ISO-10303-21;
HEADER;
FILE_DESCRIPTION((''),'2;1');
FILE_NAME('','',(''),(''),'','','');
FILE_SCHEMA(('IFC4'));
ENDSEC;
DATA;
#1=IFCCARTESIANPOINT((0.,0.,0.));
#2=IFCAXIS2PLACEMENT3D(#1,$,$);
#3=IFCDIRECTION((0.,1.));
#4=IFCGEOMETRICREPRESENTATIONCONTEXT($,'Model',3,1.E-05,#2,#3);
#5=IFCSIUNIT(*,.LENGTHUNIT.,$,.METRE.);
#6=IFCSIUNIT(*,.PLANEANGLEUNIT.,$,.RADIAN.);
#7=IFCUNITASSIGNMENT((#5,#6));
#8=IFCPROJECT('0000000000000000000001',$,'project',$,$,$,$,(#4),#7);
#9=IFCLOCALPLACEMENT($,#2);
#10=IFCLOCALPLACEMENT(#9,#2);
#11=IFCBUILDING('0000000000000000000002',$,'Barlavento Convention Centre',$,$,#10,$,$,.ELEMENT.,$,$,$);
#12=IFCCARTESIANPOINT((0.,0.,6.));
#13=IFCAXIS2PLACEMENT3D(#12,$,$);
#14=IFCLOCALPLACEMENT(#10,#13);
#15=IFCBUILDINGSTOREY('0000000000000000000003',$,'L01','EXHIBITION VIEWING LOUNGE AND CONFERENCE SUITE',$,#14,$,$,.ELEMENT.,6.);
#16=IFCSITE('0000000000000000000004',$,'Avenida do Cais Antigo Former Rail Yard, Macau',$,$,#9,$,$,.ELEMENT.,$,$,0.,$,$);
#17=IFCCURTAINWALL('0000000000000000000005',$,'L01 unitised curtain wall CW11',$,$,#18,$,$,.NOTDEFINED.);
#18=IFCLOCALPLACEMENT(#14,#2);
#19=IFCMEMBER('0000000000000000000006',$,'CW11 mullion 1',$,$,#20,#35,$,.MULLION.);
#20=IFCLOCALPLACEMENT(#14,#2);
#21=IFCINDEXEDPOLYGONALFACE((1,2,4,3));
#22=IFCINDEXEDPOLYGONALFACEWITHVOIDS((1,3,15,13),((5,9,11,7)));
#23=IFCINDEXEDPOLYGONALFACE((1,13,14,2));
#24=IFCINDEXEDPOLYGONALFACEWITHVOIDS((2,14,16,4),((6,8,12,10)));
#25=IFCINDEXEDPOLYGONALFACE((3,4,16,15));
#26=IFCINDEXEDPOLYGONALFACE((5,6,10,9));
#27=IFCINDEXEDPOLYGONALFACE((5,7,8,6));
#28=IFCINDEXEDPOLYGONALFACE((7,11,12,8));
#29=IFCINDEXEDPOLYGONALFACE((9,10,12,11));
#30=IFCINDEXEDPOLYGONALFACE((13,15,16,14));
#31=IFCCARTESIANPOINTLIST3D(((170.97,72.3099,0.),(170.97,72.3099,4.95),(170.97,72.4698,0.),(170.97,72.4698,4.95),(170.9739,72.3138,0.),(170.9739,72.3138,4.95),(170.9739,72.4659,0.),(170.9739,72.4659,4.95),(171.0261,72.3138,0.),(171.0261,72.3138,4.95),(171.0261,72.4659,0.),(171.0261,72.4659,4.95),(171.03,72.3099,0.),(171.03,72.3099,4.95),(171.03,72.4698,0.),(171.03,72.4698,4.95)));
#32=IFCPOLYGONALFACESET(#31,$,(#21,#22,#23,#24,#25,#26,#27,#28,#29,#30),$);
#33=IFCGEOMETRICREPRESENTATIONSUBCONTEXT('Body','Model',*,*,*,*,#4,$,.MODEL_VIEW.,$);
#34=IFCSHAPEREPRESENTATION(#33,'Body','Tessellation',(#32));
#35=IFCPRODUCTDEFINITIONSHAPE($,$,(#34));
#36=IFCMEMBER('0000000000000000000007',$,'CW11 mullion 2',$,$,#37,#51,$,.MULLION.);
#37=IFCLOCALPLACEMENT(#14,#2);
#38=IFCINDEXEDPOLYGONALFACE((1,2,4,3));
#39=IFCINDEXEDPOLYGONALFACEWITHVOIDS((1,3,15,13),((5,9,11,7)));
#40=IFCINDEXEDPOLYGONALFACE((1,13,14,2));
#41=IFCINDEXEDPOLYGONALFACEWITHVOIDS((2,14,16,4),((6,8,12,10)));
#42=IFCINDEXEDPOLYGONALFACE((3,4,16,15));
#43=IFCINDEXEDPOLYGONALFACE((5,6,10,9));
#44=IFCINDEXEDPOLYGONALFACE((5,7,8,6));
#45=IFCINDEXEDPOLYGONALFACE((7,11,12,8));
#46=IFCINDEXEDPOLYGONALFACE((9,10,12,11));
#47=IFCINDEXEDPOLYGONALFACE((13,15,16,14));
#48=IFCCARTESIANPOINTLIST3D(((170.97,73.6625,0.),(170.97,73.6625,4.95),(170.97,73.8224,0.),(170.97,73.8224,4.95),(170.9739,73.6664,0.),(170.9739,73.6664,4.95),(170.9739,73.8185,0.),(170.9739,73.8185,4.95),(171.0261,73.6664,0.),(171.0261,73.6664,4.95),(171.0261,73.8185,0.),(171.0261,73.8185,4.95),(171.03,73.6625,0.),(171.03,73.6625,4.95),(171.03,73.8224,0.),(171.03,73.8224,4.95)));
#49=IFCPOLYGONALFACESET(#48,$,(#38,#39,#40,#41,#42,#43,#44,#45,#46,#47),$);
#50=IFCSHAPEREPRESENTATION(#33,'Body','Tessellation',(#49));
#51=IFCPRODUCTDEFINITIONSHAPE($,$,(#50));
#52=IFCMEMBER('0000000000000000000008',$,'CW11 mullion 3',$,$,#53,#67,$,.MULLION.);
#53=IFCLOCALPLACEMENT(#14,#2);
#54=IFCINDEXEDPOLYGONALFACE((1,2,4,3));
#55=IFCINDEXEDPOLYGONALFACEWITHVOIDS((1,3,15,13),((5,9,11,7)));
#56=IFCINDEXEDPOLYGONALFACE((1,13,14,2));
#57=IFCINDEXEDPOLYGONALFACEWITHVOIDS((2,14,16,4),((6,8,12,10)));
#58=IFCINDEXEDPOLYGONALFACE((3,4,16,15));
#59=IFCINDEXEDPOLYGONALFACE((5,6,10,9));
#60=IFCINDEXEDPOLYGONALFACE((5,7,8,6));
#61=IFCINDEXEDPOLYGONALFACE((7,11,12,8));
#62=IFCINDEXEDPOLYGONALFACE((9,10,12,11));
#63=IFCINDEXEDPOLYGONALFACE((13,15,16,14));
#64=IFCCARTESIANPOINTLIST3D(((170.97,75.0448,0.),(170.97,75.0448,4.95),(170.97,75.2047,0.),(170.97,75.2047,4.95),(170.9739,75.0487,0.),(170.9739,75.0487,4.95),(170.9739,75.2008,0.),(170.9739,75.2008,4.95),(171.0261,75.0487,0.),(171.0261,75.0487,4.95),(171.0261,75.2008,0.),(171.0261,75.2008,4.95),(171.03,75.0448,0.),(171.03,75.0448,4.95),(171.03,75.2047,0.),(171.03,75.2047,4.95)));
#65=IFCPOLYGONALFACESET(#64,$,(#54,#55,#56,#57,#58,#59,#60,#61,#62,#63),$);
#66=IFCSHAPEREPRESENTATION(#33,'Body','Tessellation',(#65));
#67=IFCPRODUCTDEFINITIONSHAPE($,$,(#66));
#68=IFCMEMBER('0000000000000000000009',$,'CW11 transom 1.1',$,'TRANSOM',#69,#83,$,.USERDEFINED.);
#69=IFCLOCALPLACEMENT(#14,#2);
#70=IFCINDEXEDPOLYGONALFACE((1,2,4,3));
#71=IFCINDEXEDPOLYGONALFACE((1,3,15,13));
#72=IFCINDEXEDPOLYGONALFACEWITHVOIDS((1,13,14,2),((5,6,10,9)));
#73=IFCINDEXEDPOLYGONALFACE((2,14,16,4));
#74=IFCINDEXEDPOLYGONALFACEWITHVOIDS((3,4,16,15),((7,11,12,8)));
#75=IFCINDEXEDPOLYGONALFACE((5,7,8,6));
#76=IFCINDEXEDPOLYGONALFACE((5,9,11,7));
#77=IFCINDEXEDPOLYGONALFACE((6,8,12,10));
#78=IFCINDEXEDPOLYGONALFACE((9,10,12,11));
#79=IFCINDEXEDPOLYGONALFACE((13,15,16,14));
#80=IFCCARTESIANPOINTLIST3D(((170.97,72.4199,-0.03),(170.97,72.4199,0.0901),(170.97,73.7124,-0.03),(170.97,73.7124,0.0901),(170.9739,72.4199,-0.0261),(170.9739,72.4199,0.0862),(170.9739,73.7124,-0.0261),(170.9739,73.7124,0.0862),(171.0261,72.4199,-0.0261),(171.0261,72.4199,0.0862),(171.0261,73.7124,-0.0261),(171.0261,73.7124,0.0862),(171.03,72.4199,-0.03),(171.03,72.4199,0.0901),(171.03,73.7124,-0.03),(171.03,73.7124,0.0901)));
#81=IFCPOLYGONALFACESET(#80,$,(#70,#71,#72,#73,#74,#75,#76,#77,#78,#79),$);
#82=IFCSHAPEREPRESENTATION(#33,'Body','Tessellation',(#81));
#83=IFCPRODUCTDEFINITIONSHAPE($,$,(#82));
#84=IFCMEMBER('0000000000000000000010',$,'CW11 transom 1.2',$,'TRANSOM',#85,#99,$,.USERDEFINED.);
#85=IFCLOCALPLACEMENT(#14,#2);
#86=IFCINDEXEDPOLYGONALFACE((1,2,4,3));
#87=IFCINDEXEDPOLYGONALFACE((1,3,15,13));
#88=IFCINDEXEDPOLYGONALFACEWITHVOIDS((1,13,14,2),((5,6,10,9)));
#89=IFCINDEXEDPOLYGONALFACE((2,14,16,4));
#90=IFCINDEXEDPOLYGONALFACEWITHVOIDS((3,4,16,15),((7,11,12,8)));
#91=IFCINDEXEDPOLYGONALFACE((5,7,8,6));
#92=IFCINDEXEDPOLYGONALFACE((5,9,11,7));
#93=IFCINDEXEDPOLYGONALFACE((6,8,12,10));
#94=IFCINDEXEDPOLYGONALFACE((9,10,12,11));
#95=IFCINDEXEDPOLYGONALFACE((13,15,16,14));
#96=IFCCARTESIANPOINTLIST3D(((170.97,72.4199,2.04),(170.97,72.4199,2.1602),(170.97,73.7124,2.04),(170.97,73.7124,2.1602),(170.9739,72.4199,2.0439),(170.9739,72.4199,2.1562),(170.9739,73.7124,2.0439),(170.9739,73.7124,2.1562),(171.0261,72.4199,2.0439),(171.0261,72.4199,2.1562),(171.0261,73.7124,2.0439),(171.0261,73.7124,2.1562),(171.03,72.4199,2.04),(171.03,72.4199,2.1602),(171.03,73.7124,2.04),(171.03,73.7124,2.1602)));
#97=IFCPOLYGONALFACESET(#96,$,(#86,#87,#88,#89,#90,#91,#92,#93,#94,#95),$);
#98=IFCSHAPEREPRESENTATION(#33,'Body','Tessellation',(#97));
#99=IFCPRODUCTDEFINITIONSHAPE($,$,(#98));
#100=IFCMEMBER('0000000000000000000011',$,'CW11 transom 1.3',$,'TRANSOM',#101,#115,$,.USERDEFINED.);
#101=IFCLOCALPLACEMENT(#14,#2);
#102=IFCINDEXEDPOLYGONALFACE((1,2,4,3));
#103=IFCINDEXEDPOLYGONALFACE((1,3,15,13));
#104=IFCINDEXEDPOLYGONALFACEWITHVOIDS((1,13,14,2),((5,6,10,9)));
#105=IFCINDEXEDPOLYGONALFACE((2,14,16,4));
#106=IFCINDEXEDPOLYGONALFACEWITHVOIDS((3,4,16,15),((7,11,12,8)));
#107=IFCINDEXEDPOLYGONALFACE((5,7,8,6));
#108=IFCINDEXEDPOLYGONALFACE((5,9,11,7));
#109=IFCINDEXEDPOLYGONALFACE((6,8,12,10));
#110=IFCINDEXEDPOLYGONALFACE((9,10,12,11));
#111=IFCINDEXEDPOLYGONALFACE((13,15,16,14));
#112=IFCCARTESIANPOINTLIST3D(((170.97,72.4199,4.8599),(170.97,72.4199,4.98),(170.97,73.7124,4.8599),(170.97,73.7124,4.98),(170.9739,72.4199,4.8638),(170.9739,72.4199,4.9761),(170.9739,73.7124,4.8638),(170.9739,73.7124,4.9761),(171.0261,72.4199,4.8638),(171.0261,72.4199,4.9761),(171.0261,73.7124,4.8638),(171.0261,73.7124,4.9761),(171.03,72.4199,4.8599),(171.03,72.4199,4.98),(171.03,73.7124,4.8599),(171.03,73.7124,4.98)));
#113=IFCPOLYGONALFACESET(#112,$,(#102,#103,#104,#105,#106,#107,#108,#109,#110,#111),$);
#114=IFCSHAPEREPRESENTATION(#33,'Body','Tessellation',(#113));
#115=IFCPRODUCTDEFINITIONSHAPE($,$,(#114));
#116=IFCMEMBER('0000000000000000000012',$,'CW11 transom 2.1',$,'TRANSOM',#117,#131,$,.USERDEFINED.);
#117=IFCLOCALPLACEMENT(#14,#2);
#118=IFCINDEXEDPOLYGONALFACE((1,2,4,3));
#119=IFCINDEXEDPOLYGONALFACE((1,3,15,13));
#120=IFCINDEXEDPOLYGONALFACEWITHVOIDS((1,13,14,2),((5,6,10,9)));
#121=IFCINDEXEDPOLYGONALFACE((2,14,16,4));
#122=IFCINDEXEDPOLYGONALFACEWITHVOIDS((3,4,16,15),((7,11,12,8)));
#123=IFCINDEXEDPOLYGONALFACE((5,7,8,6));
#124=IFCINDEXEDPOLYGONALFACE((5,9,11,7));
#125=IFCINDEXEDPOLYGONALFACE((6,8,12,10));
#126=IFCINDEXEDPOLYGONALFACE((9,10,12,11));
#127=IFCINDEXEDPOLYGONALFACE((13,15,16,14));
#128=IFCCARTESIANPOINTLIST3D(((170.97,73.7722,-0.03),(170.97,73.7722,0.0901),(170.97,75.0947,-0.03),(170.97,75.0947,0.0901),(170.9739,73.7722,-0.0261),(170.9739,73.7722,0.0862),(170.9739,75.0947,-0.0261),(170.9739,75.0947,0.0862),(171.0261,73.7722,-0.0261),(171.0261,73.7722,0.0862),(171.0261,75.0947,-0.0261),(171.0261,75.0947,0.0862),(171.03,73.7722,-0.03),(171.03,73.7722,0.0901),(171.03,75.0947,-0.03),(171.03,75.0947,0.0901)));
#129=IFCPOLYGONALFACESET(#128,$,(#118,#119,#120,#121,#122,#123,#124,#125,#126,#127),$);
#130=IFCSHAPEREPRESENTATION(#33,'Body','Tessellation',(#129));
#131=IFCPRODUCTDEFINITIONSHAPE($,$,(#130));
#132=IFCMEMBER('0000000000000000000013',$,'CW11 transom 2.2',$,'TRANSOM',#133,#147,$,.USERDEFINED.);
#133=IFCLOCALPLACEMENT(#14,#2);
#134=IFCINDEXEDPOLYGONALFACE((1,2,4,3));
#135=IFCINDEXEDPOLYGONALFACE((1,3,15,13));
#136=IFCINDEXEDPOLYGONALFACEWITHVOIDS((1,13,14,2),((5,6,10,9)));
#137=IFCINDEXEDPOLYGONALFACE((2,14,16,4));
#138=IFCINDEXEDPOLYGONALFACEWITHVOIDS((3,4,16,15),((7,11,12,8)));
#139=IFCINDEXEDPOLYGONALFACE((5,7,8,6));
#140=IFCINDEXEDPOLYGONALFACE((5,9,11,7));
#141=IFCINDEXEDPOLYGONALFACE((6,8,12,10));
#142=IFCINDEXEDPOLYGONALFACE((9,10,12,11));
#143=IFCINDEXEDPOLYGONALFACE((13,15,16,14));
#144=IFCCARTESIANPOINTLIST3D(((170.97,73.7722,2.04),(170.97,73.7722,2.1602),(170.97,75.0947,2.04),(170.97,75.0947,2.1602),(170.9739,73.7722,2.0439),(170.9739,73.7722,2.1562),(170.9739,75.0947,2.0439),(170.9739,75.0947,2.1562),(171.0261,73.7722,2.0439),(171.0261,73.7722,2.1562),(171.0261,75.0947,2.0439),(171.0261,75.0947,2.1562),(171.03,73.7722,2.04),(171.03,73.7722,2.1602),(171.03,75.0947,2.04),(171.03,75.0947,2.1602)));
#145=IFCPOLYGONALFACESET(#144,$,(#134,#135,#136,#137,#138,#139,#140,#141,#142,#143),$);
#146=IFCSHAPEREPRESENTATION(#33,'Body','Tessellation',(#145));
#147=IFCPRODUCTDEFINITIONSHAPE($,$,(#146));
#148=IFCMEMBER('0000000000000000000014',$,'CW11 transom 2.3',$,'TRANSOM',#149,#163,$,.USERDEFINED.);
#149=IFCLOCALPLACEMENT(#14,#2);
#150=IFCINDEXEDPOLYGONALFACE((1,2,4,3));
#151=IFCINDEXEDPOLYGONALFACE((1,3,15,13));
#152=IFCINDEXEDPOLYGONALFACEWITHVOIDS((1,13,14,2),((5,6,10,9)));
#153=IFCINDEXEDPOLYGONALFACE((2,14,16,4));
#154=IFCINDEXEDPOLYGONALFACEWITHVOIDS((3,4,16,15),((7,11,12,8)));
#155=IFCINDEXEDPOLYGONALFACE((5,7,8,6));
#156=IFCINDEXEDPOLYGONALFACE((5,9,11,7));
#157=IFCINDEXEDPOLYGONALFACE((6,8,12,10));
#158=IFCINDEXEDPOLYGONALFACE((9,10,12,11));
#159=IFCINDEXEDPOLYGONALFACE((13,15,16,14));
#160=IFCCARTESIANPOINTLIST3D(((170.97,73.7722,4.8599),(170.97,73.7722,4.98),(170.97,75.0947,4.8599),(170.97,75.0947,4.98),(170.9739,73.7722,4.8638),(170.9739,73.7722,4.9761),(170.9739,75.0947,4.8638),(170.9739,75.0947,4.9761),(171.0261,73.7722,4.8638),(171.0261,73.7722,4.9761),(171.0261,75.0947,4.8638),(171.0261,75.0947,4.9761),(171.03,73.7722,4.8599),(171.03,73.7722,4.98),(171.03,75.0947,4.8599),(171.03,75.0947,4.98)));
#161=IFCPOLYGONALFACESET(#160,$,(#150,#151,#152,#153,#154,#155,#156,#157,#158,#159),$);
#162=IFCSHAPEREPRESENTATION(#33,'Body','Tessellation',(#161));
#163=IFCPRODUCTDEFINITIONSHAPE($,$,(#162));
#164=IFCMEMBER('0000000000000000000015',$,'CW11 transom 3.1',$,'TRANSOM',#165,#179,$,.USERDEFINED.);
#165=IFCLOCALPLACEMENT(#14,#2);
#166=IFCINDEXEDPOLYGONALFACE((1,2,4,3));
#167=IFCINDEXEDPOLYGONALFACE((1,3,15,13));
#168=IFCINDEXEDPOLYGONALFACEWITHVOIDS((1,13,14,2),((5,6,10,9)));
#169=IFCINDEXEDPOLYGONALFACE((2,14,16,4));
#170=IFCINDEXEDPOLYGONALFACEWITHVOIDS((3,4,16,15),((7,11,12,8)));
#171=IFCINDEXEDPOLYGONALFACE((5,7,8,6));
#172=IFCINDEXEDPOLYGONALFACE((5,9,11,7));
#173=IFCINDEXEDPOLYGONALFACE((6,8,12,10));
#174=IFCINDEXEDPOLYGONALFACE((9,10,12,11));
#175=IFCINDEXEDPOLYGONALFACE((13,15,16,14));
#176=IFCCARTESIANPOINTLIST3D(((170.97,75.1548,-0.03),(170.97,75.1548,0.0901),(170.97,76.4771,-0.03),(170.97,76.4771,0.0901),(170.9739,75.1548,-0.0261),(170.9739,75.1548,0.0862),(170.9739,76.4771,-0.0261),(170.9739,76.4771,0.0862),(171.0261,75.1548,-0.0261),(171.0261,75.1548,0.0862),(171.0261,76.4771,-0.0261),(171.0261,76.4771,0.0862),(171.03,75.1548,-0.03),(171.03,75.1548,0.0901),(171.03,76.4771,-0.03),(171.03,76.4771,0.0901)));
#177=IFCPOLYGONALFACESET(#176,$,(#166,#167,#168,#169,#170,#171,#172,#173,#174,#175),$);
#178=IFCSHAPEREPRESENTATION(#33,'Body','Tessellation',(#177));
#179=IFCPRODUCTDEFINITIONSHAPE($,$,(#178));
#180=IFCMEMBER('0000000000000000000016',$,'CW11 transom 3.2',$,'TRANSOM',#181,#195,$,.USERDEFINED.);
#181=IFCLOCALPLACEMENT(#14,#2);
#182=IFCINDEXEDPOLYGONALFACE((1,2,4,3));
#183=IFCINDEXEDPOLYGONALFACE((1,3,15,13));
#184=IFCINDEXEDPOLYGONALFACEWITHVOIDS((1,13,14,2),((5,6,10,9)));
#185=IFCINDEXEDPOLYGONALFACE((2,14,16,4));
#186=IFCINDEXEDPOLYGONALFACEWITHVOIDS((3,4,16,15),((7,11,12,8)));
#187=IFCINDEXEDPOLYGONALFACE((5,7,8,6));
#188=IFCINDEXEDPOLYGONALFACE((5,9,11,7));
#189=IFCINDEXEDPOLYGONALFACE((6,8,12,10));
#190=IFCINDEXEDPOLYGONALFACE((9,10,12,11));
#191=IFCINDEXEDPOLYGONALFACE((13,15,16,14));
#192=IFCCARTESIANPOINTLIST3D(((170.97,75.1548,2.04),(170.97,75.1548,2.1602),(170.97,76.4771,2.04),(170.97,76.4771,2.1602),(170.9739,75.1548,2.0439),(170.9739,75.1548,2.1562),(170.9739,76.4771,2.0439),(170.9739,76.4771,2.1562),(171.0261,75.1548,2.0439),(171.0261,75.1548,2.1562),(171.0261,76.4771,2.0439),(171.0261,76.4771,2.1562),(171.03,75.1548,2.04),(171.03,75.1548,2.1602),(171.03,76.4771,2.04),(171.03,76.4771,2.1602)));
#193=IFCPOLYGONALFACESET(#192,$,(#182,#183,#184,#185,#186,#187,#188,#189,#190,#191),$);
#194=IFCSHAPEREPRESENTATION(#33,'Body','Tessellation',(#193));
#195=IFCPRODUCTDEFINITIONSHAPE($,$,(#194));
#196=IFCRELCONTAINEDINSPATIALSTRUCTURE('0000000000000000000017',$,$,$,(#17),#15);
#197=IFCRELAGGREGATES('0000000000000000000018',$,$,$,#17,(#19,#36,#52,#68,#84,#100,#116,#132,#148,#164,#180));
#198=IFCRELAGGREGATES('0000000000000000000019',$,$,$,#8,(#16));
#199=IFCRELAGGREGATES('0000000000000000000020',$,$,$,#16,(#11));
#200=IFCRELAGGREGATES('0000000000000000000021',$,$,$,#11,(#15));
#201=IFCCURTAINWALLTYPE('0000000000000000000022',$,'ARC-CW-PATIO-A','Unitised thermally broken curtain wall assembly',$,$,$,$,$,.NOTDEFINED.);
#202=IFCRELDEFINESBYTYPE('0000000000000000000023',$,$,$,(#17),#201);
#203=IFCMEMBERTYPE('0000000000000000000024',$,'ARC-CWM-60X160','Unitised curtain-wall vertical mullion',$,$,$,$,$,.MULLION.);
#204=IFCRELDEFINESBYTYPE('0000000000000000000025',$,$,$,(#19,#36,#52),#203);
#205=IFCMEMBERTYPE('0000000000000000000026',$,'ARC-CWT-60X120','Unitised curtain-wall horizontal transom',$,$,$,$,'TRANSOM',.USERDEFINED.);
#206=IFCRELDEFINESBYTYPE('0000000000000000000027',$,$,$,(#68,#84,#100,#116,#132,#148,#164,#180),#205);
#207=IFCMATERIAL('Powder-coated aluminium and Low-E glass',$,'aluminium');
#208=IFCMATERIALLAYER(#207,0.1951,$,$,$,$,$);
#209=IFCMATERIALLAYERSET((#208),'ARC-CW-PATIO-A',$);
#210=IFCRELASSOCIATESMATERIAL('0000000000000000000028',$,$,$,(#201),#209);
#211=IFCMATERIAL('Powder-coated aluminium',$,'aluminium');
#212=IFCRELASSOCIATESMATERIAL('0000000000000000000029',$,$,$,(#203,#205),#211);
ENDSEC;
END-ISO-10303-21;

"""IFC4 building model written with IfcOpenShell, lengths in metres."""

from ifc_helpers import new_model, si_unit, direction, frame, origin, origin_2d, place, context, subcontext, project, spatial, hollow_rectangle, extrude, material, layer, layer_set, material_profile, profile_set, type_object, element, aggregate, save


model = new_model("IFC4")

# Units and contexts
model_context = context("Model", 3, precision=1e-05, world=origin(), true_north=direction((0.0, 1.0)))
body_context = subcontext(model_context, "Body", "Model", "MODEL_VIEW")
ifc_project = project(units=[si_unit("LENGTHUNIT", "METRE"), si_unit("PLANEANGLEUNIT", "RADIAN")], contexts=[model_context])

# Site, building, storey
site_placement = place(None, origin())
site = spatial("IfcSite", under=ifc_project, at=site_placement, Name="Avenida do Cais Antigo Former Rail Yard, Macau", CompositionType="ELEMENT", RefElevation=0.0)
building_placement = place(site_placement, origin())
building = spatial("IfcBuilding", under=site, at=building_placement, Name="Barlavento Convention Centre", CompositionType="ELEMENT")
storey_placement = place(building_placement, frame((0.0, 0.0, 6.0)))
storey = spatial("IfcBuildingStorey", under=building, at=storey_placement, Name="L01", Description="EXHIBITION VIEWING LOUNGE AND CONFERENCE SUITE", CompositionType="ELEMENT", Elevation=6.0)

# Curtain wall, members
ifc_material_1 = material(Name="Powder-coated aluminium and Low-E glass", Category="aluminium")
ifc_layer_1 = layer(ifc_material_1, 0.1951)
ifc_layer_set_1 = layer_set([ifc_layer_1], Name="ARC-CW-PATIO-A")
curtain_wall_type = type_object("IfcCurtainWallType", Name="ARC-CW-PATIO-A", Description="Unitised thermally broken curtain wall assembly", PredefinedType="NOTDEFINED", material=ifc_layer_set_1)
curtain_wall_placement = place(storey_placement, origin())
curtain_wall = element("IfcCurtainWall", 1, at=curtain_wall_placement, inside=storey, type_object=curtain_wall_type, Name="L01 unitised curtain wall CW11", PredefinedType="NOTDEFINED")
ifc_material_2 = material(Name="Powder-coated aluminium", Category="aluminium")
ifc_material_profile_1 = material_profile(ifc_material_2, hollow_rectangle(XDim=0.0601, YDim=0.1599, WallThickness=0.0039, at=origin_2d()), Name="AL-MULL 60x160x4")
ifc_profile_set_1 = profile_set([ifc_material_profile_1], Name="Powder-coated aluminium")
member_type_1 = type_object("IfcMemberType", Name="ARC-CWM-60X160", Description="Unitised curtain-wall vertical mullion", PredefinedType="MULLION", material=ifc_profile_set_1)
member_1_placement = place(storey_placement, frame((171.0, 72.3899, 0.0), z_axis=(0.0, 0.0, 1.0), x_axis=(-1.0, 0.0, 0.0)))
member_1 = element("IfcMember", 2, at=member_1_placement, type_object=member_type_1, Name="CW11 mullion 1", PredefinedType="MULLION", context=body_context, shape_type="SweptSolid", body=[
    extrude(hollow_rectangle(XDim=0.0601, YDim=0.1599, WallThickness=0.0039, at=origin_2d()), origin(), (0.0, 0.0, 1.0), 4.95),
])
member_2_placement = place(storey_placement, frame((171.0, 73.7424, 0.0), z_axis=(0.0, 0.0, 1.0), x_axis=(-1.0, 0.0, 0.0)))
member_2 = element("IfcMember", 3, at=member_2_placement, type_object=member_type_1, Name="CW11 mullion 2", PredefinedType="MULLION", context=body_context, shape_type="SweptSolid", body=[
    extrude(hollow_rectangle(XDim=0.0601, YDim=0.1599, WallThickness=0.0039, at=origin_2d()), origin(), (0.0, 0.0, 1.0), 4.95),
])
member_3_placement = place(storey_placement, frame((171.0, 75.1248, 0.0), z_axis=(0.0, 0.0, 1.0), x_axis=(-1.0, 0.0, 0.0)))
member_3 = element("IfcMember", 4, at=member_3_placement, type_object=member_type_1, Name="CW11 mullion 3", PredefinedType="MULLION", context=body_context, shape_type="SweptSolid", body=[
    extrude(hollow_rectangle(XDim=0.0601, YDim=0.1599, WallThickness=0.0039, at=origin_2d()), origin(), (0.0, 0.0, 1.0), 4.95),
])
ifc_material_profile_2 = material_profile(ifc_material_2, hollow_rectangle(XDim=0.0601, YDim=0.1201, WallThickness=0.0039, at=origin_2d()), Name="AL-TRAN 60x120x4")
ifc_profile_set_2 = profile_set([ifc_material_profile_2], Name="Powder-coated aluminium")
member_type_2 = type_object("IfcMemberType", Name="ARC-CWT-60X120", Description="Unitised curtain-wall horizontal transom", ElementType="TRANSOM", PredefinedType="USERDEFINED", material=ifc_profile_set_2)
member_4_placement = place(storey_placement, frame((171.0, 72.4199, 0.03), z_axis=(0.0, 1.0, 0.0), x_axis=(-1.0, 0.0, 0.0)))
member_4 = element("IfcMember", 5, at=member_4_placement, type_object=member_type_2, Name="CW11 transom 1.1", ObjectType="TRANSOM", PredefinedType="USERDEFINED", context=body_context, shape_type="SweptSolid", body=[
    extrude(hollow_rectangle(XDim=0.0601, YDim=0.1201, WallThickness=0.0039, at=origin_2d()), origin(), (0.0, 0.0, 1.0), 1.2925),
])
member_5_placement = place(storey_placement, frame((171.0, 72.4199, 2.1001), z_axis=(0.0, 1.0, 0.0), x_axis=(-1.0, 0.0, 0.0)))
member_5 = element("IfcMember", 6, at=member_5_placement, type_object=member_type_2, Name="CW11 transom 1.2", ObjectType="TRANSOM", PredefinedType="USERDEFINED", context=body_context, shape_type="SweptSolid", body=[
    extrude(hollow_rectangle(XDim=0.0601, YDim=0.1201, WallThickness=0.0039, at=origin_2d()), origin(), (0.0, 0.0, 1.0), 1.2925),
])
member_6_placement = place(storey_placement, frame((171.0, 72.4199, 4.9199), z_axis=(0.0, 1.0, 0.0), x_axis=(-1.0, 0.0, 0.0)))
member_6 = element("IfcMember", 7, at=member_6_placement, type_object=member_type_2, Name="CW11 transom 1.3", ObjectType="TRANSOM", PredefinedType="USERDEFINED", context=body_context, shape_type="SweptSolid", body=[
    extrude(hollow_rectangle(XDim=0.0601, YDim=0.1201, WallThickness=0.0039, at=origin_2d()), origin(), (0.0, 0.0, 1.0), 1.2925),
])
member_7_placement = place(storey_placement, frame((171.0, 73.7722, 0.03), z_axis=(0.0, 1.0, 0.0), x_axis=(-1.0, 0.0, 0.0)))
member_7 = element("IfcMember", 8, at=member_7_placement, type_object=member_type_2, Name="CW11 transom 2.1", ObjectType="TRANSOM", PredefinedType="USERDEFINED", context=body_context, shape_type="SweptSolid", body=[
    extrude(hollow_rectangle(XDim=0.0601, YDim=0.1201, WallThickness=0.0039, at=origin_2d()), origin(), (0.0, 0.0, 1.0), 1.3225),
])
member_8_placement = place(storey_placement, frame((171.0, 73.7722, 2.1001), z_axis=(0.0, 1.0, 0.0), x_axis=(-1.0, 0.0, 0.0)))
member_8 = element("IfcMember", 9, at=member_8_placement, type_object=member_type_2, Name="CW11 transom 2.2", ObjectType="TRANSOM", PredefinedType="USERDEFINED", context=body_context, shape_type="SweptSolid", body=[
    extrude(hollow_rectangle(XDim=0.0601, YDim=0.1201, WallThickness=0.0039, at=origin_2d()), origin(), (0.0, 0.0, 1.0), 1.3225),
])
member_9_placement = place(storey_placement, frame((171.0, 73.7722, 4.9199), z_axis=(0.0, 1.0, 0.0), x_axis=(-1.0, 0.0, 0.0)))
member_9 = element("IfcMember", 10, at=member_9_placement, type_object=member_type_2, Name="CW11 transom 2.3", ObjectType="TRANSOM", PredefinedType="USERDEFINED", context=body_context, shape_type="SweptSolid", body=[
    extrude(hollow_rectangle(XDim=0.0601, YDim=0.1201, WallThickness=0.0039, at=origin_2d()), origin(), (0.0, 0.0, 1.0), 1.3225),
])
member_10_placement = place(storey_placement, frame((171.0, 75.1548, 0.03), z_axis=(0.0, 1.0, 0.0), x_axis=(-1.0, 0.0, 0.0)))
member_10 = element("IfcMember", 11, at=member_10_placement, type_object=member_type_2, Name="CW11 transom 3.1", ObjectType="TRANSOM", PredefinedType="USERDEFINED", context=body_context, shape_type="SweptSolid", body=[
    extrude(hollow_rectangle(XDim=0.0601, YDim=0.1201, WallThickness=0.0039, at=origin_2d()), origin(), (0.0, 0.0, 1.0), 1.3223),
])
member_11_placement = place(storey_placement, frame((171.0, 75.1548, 2.1001), z_axis=(0.0, 1.0, 0.0), x_axis=(-1.0, 0.0, 0.0)))
member_11 = element("IfcMember", 12, at=member_11_placement, type_object=member_type_2, Name="CW11 transom 3.2", ObjectType="TRANSOM", PredefinedType="USERDEFINED", context=body_context, shape_type="SweptSolid", body=[
    extrude(hollow_rectangle(XDim=0.0601, YDim=0.1201, WallThickness=0.0039, at=origin_2d()), origin(), (0.0, 0.0, 1.0), 1.3223),
])

aggregate(curtain_wall, [member_1, member_2, member_3, member_4, member_5, member_6, member_7, member_8, member_9, member_10, member_11])

save(model, "model.ifc")
